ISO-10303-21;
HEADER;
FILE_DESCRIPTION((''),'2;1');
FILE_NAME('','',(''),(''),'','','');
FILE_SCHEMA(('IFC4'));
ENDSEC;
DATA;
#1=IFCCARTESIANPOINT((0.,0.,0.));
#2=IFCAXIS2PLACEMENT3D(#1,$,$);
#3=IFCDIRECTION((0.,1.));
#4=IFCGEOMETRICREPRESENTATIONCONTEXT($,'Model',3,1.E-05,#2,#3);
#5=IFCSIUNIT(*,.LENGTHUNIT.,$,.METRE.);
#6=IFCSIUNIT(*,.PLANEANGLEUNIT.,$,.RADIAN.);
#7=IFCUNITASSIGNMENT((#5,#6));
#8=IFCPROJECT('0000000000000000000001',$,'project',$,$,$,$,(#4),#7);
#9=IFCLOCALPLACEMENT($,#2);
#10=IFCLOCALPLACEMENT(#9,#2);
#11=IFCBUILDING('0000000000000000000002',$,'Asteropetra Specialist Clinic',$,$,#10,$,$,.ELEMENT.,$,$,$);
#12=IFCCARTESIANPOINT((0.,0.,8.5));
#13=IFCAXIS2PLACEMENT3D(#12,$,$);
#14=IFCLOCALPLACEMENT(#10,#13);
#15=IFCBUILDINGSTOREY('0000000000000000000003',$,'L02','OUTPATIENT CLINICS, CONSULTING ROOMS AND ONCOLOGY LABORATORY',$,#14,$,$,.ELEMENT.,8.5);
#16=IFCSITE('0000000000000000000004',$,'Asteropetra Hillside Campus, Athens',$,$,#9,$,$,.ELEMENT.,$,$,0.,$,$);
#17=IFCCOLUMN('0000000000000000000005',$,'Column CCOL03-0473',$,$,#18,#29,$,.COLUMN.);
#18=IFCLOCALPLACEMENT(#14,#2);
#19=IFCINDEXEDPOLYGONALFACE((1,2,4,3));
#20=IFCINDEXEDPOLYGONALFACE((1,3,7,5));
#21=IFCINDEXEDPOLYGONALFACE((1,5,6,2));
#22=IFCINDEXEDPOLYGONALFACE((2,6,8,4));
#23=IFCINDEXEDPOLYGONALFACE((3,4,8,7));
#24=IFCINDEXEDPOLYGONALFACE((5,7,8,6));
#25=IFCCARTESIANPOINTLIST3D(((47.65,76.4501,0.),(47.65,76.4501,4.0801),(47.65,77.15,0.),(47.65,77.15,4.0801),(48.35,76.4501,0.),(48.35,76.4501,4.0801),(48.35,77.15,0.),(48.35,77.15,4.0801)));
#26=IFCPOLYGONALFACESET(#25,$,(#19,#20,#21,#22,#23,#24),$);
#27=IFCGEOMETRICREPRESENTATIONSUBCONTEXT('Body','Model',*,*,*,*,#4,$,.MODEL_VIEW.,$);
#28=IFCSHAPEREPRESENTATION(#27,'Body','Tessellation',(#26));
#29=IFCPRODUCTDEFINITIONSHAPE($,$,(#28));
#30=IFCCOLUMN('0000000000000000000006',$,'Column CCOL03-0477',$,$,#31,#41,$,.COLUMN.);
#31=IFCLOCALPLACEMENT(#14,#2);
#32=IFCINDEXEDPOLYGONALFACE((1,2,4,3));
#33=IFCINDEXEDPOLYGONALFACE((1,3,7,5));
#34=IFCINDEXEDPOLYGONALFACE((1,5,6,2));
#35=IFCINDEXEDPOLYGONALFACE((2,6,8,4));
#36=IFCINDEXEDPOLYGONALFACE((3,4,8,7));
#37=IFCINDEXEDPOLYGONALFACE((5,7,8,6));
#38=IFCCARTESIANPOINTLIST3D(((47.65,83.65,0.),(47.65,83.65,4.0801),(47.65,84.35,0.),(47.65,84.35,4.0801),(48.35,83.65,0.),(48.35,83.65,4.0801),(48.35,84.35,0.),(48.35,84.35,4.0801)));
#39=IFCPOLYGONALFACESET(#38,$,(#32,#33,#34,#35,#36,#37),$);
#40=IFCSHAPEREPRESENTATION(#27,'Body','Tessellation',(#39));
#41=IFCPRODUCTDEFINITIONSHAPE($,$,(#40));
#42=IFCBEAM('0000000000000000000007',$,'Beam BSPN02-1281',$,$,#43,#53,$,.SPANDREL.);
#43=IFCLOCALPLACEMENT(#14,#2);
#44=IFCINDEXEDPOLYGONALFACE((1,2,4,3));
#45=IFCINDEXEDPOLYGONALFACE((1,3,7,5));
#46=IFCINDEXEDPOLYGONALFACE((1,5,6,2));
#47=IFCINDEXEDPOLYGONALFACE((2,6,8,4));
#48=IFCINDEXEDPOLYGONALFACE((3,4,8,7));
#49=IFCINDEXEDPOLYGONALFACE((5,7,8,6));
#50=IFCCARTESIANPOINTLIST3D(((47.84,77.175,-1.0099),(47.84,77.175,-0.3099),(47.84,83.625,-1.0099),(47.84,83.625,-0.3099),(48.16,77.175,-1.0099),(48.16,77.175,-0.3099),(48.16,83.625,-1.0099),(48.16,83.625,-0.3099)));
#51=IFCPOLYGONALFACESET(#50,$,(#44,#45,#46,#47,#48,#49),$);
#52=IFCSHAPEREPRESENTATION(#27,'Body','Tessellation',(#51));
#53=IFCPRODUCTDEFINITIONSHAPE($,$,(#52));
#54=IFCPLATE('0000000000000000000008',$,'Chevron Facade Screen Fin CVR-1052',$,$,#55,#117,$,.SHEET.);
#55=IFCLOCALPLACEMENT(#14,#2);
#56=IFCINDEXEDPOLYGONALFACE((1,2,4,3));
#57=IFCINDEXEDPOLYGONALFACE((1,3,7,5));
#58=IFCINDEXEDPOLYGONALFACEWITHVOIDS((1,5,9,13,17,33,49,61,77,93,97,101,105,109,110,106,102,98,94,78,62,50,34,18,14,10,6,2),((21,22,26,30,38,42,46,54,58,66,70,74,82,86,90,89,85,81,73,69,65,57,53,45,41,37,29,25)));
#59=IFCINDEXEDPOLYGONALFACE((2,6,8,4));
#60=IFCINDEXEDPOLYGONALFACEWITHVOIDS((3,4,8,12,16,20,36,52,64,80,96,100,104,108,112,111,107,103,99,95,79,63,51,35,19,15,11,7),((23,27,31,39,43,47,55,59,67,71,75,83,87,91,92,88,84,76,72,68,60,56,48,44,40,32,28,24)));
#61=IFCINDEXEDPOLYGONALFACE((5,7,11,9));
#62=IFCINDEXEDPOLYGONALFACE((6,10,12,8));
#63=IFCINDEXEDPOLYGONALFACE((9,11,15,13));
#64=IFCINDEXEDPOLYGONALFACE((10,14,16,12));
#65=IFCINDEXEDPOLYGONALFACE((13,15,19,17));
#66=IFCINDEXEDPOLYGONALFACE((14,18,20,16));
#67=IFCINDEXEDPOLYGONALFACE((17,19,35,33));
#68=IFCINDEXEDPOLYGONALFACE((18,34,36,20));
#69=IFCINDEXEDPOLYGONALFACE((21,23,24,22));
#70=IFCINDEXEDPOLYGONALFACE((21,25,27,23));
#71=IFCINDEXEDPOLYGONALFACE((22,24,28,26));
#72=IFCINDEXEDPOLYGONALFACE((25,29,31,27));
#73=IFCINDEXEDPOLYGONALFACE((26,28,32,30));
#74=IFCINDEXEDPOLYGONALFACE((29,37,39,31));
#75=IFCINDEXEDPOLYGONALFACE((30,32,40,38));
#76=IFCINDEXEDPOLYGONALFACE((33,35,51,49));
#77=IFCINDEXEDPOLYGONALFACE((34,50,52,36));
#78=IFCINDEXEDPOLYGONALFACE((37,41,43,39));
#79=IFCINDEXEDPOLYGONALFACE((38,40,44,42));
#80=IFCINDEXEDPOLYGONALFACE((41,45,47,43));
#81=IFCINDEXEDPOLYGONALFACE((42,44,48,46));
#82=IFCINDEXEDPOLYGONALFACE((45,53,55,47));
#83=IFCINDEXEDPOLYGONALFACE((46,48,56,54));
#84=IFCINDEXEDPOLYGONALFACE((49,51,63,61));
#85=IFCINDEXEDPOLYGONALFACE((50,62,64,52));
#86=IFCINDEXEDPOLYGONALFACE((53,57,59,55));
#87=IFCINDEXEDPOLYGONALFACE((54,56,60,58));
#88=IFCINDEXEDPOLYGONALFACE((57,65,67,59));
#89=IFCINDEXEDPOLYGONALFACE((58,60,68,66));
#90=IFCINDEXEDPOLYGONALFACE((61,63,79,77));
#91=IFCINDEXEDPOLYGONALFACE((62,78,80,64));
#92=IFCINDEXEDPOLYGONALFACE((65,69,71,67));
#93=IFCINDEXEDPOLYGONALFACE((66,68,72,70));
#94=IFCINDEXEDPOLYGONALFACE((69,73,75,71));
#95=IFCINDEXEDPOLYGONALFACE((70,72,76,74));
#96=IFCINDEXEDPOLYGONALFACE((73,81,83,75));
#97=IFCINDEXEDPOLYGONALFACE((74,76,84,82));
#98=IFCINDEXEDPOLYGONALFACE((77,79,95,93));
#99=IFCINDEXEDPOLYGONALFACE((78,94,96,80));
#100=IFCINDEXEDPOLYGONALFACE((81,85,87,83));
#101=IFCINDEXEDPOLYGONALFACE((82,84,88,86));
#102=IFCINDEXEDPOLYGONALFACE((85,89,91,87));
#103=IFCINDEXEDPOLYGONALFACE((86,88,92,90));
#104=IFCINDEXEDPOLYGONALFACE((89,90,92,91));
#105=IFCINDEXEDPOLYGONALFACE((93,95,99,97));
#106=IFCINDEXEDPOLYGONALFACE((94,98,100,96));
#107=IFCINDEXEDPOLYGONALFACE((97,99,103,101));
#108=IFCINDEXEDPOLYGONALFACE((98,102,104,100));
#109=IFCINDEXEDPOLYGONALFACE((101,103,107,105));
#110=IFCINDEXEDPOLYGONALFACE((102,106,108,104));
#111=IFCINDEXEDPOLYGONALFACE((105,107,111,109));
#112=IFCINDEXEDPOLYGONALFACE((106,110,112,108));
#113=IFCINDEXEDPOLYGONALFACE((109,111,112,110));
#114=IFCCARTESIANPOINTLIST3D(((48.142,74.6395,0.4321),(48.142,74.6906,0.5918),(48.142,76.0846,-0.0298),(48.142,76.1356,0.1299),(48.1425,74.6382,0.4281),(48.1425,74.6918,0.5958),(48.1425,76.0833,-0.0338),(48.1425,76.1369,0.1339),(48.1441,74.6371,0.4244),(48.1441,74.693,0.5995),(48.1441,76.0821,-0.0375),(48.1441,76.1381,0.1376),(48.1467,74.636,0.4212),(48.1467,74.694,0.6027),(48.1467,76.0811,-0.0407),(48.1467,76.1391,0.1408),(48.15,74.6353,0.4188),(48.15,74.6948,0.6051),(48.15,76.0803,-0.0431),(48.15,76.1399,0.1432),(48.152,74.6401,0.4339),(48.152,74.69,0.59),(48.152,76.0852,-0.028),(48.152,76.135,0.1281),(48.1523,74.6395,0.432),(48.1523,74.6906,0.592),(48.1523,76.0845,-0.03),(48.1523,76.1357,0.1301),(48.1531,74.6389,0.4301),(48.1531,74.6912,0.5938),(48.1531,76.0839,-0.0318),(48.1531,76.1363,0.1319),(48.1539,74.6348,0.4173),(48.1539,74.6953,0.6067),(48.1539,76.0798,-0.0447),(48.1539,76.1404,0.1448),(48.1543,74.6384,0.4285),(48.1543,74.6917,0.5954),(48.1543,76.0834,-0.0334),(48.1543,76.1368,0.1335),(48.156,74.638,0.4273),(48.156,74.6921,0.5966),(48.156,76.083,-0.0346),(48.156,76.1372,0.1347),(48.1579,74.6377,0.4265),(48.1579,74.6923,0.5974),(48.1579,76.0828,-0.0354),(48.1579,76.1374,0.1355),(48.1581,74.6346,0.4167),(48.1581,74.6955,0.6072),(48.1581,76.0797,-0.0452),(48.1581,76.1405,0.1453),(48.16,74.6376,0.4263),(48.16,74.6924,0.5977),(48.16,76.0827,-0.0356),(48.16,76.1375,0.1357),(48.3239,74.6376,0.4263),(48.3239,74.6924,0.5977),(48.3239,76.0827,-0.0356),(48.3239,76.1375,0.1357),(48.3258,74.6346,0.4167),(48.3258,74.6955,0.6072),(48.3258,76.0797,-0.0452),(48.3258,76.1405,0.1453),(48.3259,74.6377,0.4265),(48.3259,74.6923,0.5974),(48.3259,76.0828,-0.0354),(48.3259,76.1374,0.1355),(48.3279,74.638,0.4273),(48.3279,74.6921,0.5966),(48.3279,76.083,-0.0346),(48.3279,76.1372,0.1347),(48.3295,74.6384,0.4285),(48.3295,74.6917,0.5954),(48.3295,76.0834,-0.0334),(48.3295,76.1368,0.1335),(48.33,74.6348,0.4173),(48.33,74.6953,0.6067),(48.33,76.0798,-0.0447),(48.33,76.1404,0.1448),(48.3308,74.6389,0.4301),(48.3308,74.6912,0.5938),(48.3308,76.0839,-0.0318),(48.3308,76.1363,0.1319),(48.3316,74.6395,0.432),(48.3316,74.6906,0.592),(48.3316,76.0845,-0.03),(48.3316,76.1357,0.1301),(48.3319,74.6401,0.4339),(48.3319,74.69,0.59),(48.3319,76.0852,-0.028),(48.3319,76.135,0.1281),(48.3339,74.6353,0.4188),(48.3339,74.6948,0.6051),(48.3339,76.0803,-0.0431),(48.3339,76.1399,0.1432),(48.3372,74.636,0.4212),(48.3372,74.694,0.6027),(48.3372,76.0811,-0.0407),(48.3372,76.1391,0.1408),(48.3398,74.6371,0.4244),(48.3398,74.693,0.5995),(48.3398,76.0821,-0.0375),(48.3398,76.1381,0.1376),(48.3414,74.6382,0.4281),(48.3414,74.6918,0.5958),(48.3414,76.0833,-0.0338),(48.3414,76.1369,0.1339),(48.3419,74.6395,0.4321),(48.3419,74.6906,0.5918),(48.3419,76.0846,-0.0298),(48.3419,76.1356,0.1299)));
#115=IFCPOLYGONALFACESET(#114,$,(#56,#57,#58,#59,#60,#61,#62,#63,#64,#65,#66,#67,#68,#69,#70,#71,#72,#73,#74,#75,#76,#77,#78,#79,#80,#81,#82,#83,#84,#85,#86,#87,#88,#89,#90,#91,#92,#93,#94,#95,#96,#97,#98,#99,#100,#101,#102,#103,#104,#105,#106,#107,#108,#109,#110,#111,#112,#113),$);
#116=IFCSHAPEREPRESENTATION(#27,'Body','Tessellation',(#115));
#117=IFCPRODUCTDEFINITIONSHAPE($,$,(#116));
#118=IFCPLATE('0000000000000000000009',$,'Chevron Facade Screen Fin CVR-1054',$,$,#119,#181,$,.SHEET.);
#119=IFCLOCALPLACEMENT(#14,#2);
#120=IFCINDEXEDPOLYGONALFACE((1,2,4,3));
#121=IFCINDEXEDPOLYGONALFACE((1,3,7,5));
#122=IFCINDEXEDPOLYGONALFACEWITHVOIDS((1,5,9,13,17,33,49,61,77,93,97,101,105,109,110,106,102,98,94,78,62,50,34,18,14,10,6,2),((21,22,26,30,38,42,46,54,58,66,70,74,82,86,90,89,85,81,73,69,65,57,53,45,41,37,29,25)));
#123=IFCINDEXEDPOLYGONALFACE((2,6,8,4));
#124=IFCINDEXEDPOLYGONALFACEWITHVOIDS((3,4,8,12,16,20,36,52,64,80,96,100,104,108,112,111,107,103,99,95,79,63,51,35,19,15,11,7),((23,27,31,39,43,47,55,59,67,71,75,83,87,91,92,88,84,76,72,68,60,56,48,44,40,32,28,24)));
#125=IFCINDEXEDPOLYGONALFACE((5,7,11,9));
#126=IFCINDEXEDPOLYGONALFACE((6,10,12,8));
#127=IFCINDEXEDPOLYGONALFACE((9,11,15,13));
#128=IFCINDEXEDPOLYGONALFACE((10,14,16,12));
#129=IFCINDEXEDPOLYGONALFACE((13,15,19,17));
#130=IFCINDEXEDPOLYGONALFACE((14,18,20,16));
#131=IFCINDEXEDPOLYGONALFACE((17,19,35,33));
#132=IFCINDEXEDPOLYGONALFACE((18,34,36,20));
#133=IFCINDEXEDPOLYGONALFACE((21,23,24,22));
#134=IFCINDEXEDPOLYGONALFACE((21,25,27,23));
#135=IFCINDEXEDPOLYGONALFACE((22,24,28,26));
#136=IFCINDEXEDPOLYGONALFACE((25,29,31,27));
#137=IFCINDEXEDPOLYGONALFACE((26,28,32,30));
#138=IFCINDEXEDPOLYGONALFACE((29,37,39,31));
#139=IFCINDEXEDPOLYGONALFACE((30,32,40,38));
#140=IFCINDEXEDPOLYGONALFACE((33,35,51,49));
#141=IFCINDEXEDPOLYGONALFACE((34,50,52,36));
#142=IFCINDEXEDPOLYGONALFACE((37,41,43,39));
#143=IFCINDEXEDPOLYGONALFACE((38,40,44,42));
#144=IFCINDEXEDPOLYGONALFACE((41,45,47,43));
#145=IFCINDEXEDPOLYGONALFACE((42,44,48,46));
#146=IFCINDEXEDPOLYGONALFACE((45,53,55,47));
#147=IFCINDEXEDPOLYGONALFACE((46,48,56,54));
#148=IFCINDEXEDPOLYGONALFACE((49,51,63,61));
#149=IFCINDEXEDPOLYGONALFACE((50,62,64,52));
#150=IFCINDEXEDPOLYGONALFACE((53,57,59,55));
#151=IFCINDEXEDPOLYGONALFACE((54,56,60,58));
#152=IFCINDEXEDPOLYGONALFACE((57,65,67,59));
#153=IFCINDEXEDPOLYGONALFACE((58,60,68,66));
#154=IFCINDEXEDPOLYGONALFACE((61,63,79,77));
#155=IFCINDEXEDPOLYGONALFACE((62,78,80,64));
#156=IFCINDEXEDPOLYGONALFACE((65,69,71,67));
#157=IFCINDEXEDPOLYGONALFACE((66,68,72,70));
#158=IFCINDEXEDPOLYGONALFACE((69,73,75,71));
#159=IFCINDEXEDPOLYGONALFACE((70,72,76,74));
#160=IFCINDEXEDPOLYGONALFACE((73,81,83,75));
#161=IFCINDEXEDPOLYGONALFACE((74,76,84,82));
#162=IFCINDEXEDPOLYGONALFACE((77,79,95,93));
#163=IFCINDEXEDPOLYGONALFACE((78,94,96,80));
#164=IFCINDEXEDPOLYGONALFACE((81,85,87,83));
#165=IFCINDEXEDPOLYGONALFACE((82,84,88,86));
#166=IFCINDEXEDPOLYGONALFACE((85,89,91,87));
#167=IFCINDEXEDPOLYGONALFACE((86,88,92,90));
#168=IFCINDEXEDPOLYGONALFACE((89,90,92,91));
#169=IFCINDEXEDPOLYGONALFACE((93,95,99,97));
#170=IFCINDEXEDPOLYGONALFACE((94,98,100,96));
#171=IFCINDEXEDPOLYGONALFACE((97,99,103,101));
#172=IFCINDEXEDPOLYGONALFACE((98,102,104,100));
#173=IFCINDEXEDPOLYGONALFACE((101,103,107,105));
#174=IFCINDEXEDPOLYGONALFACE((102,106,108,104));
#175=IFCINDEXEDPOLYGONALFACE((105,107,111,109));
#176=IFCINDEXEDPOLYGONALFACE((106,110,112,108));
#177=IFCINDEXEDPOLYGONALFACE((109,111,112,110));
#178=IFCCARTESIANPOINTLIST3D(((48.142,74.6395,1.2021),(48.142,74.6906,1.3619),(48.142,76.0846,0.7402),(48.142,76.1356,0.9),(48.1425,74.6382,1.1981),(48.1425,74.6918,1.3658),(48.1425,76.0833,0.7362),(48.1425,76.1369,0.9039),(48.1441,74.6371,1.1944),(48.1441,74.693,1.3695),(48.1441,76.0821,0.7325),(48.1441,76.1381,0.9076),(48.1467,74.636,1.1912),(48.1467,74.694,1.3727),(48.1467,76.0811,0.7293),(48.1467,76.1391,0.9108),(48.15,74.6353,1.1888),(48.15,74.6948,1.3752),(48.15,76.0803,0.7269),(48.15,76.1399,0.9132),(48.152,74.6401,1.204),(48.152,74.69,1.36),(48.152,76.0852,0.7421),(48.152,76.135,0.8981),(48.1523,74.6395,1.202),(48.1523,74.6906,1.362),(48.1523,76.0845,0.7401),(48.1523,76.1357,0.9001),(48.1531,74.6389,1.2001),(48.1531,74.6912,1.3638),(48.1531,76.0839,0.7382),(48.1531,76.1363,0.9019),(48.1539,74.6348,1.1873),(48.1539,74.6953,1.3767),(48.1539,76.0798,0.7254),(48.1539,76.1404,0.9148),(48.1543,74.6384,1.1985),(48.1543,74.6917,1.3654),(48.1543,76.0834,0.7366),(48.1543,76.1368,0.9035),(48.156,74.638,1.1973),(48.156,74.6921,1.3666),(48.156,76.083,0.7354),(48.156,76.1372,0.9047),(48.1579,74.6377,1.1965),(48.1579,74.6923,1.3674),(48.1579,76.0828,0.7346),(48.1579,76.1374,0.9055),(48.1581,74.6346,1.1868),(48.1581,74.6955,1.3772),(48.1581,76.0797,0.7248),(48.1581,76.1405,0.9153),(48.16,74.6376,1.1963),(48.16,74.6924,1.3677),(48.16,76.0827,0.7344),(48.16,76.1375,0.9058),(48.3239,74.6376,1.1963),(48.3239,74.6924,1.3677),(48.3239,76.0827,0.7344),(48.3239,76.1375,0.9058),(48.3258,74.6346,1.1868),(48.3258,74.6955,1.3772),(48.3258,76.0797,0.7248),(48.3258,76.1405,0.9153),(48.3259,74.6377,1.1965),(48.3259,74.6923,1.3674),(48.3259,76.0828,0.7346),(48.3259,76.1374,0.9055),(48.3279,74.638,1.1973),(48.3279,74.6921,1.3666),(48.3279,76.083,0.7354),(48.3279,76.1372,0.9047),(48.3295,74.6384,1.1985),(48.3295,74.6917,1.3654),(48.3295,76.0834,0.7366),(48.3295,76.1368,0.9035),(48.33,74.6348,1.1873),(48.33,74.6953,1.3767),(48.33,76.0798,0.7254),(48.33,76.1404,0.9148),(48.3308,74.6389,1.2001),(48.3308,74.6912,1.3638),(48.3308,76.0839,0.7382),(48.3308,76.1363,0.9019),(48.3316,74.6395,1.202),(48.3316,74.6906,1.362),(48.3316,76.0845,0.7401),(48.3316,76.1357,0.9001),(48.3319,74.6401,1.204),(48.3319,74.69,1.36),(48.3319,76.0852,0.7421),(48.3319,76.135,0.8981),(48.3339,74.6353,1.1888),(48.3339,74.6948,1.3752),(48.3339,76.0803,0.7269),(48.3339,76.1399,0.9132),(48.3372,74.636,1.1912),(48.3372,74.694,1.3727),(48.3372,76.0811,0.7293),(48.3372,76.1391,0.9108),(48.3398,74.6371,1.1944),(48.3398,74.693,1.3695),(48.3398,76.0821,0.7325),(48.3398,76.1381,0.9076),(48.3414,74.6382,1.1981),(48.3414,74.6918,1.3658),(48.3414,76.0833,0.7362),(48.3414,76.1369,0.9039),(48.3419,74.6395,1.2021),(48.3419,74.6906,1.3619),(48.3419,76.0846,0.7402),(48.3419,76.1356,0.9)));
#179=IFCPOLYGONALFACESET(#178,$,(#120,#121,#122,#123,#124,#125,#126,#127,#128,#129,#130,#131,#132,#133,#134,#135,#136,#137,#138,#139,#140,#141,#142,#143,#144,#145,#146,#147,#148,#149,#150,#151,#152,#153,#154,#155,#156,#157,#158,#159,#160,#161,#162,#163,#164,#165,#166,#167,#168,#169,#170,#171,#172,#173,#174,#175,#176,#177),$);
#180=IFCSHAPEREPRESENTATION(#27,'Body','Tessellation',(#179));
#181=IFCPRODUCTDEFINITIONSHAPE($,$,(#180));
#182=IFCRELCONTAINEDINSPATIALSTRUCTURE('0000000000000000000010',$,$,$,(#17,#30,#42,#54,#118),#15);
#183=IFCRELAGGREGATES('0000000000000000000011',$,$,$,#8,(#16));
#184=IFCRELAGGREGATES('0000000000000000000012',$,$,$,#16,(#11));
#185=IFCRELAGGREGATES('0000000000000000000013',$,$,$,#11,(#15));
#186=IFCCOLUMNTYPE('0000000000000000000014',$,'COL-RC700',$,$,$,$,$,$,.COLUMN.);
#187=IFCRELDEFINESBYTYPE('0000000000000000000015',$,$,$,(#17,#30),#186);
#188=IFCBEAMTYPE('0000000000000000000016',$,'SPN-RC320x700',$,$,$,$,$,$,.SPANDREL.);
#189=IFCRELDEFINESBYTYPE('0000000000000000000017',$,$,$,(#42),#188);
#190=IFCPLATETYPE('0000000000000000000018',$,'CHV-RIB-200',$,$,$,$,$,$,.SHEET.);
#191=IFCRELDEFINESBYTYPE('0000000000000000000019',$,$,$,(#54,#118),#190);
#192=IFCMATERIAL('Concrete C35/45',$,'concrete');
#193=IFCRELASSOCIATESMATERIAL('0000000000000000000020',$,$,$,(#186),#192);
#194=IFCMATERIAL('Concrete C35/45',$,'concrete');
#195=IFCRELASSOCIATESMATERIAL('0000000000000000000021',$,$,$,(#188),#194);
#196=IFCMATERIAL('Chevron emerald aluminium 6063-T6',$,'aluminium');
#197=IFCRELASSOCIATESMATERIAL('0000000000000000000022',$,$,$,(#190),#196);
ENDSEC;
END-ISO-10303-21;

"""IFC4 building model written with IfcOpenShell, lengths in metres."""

from ifc_helpers import new_model, si_unit, direction, frame, origin, origin_2d, place, context, subcontext, project, spatial, rectangle, hollow_rectangle, extrude, material, material_profile, profile_set, type_object, element, save


model = new_model("IFC4")

# Units and contexts
model_context = context("Model", 3, precision=1e-05, world=origin(), true_north=direction((0.0, 1.0)))
body_context = subcontext(model_context, "Body", "Model", "MODEL_VIEW")
ifc_project = project(units=[si_unit("LENGTHUNIT", "METRE"), si_unit("PLANEANGLEUNIT", "RADIAN")], contexts=[model_context])

# Site, building, storey
site_placement = place(None, origin())
site = spatial("IfcSite", under=ifc_project, at=site_placement, Name="Asteropetra Hillside Campus, Athens", CompositionType="ELEMENT", RefElevation=0.0)
building_placement = place(site_placement, origin())
building = spatial("IfcBuilding", under=site, at=building_placement, Name="Asteropetra Specialist Clinic", CompositionType="ELEMENT")
storey_placement = place(building_placement, frame((0.0, 0.0, 8.5)))
storey = spatial("IfcBuildingStorey", under=building, at=storey_placement, Name="L02", Description="OUTPATIENT CLINICS, CONSULTING ROOMS AND ONCOLOGY LABORATORY", CompositionType="ELEMENT", Elevation=8.5)

# Columns
ifc_material_1 = material(Name="Concrete C35/45", Category="concrete")
ifc_material_profile_1 = material_profile(ifc_material_1, rectangle(XDim=0.7, YDim=0.7, at=origin_2d()), Name="RC 700x700")
ifc_profile_set_1 = profile_set([ifc_material_profile_1], Name="Concrete C35/45")
column_type = type_object("IfcColumnType", Name="COL-RC700", PredefinedType="COLUMN", material=ifc_profile_set_1)
for number, where, z_axis, x_axis, name in (
    (1, (48.0, 76.8, 0.0), (0.0, 0.0, 1.0), (1.0, 0.0, 0.0), "Column CCOL03-0473"),
    (2, (48.0, 84.0, 0.0), (0.0, 0.0, 1.0), (1.0, 0.0, 0.0), "Column CCOL03-0477"),
):
    element("IfcColumn", number, at=place(storey_placement, frame(where, z_axis=z_axis, x_axis=x_axis)), inside=storey, type_object=column_type, Name=name, PredefinedType="COLUMN", context=body_context, shape_type="SweptSolid", body=[
        extrude(rectangle(XDim=0.7, YDim=0.7, at=origin_2d()), origin(), (0.0, 0.0, 1.0), 4.0801),
    ])

# Beam
ifc_material_2 = material(Name="Concrete C35/45", Category="concrete")
ifc_material_profile_2 = material_profile(ifc_material_2, rectangle(XDim=0.3201, YDim=0.7, at=origin_2d()), Name="RCS 320x700")
ifc_profile_set_2 = profile_set([ifc_material_profile_2], Name="Concrete C35/45")
beam_type = type_object("IfcBeamType", Name="SPN-RC320x700", PredefinedType="SPANDREL", material=ifc_profile_set_2)
beam_placement = place(storey_placement, frame((48.0, 77.175, -0.6599), z_axis=(0.0, 1.0, 0.0), x_axis=(-1.0, 0.0, 0.0)))
element("IfcBeam", 3, at=beam_placement, inside=storey, type_object=beam_type, Name="Beam BSPN02-1281", PredefinedType="SPANDREL", context=body_context, shape_type="SweptSolid", body=[
    extrude(rectangle(XDim=0.3201, YDim=0.7, at=origin_2d()), origin(), (0.0, 0.0, 1.0), 6.45),
])

# Plates
ifc_material_3 = material(Name="Chevron emerald aluminium 6063-T6", Category="aluminium")
ifc_material_profile_3 = material_profile(ifc_material_3, hollow_rectangle(XDim=0.2, YDim=0.2, WallThickness=0.01, InnerFilletRadius=0.0081, OuterFilletRadius=0.0161, at=origin_2d()), Name="SHS 200x200x10.0")
ifc_profile_set_3 = profile_set([ifc_material_profile_3], Name="Chevron emerald aluminium 6063-T6")
plate_type_1 = type_object("IfcPlateType", Name="CHV-RIB-200", PredefinedType="SHEET", material=ifc_profile_set_3)
for number, where, z_axis, x_axis, name in (
    (4, (48.2419, 74.665, 0.512), (0.0, 0.952521, -0.304472), (-1.0, 0.0, 0.0), "Chevron Facade Screen Fin CVR-1052"),
    (5, (48.2419, 74.665, 1.282), (0.0, 0.952521, -0.304472), (-1.0, 0.0, 0.0), "Chevron Facade Screen Fin CVR-1054"),
):
    element("IfcPlate", number, at=place(storey_placement, frame(where, z_axis=z_axis, x_axis=x_axis)), inside=storey, type_object=plate_type_1, Name=name, PredefinedType="SHEET", context=body_context, shape_type="SweptSolid", body=[
        extrude(hollow_rectangle(XDim=0.2, YDim=0.2, WallThickness=0.01, InnerFilletRadius=0.0081, OuterFilletRadius=0.0161, at=origin_2d()), origin(), (0.0, 0.0, 1.0), 1.5171),
    ])

save(model, "model.ifc")
